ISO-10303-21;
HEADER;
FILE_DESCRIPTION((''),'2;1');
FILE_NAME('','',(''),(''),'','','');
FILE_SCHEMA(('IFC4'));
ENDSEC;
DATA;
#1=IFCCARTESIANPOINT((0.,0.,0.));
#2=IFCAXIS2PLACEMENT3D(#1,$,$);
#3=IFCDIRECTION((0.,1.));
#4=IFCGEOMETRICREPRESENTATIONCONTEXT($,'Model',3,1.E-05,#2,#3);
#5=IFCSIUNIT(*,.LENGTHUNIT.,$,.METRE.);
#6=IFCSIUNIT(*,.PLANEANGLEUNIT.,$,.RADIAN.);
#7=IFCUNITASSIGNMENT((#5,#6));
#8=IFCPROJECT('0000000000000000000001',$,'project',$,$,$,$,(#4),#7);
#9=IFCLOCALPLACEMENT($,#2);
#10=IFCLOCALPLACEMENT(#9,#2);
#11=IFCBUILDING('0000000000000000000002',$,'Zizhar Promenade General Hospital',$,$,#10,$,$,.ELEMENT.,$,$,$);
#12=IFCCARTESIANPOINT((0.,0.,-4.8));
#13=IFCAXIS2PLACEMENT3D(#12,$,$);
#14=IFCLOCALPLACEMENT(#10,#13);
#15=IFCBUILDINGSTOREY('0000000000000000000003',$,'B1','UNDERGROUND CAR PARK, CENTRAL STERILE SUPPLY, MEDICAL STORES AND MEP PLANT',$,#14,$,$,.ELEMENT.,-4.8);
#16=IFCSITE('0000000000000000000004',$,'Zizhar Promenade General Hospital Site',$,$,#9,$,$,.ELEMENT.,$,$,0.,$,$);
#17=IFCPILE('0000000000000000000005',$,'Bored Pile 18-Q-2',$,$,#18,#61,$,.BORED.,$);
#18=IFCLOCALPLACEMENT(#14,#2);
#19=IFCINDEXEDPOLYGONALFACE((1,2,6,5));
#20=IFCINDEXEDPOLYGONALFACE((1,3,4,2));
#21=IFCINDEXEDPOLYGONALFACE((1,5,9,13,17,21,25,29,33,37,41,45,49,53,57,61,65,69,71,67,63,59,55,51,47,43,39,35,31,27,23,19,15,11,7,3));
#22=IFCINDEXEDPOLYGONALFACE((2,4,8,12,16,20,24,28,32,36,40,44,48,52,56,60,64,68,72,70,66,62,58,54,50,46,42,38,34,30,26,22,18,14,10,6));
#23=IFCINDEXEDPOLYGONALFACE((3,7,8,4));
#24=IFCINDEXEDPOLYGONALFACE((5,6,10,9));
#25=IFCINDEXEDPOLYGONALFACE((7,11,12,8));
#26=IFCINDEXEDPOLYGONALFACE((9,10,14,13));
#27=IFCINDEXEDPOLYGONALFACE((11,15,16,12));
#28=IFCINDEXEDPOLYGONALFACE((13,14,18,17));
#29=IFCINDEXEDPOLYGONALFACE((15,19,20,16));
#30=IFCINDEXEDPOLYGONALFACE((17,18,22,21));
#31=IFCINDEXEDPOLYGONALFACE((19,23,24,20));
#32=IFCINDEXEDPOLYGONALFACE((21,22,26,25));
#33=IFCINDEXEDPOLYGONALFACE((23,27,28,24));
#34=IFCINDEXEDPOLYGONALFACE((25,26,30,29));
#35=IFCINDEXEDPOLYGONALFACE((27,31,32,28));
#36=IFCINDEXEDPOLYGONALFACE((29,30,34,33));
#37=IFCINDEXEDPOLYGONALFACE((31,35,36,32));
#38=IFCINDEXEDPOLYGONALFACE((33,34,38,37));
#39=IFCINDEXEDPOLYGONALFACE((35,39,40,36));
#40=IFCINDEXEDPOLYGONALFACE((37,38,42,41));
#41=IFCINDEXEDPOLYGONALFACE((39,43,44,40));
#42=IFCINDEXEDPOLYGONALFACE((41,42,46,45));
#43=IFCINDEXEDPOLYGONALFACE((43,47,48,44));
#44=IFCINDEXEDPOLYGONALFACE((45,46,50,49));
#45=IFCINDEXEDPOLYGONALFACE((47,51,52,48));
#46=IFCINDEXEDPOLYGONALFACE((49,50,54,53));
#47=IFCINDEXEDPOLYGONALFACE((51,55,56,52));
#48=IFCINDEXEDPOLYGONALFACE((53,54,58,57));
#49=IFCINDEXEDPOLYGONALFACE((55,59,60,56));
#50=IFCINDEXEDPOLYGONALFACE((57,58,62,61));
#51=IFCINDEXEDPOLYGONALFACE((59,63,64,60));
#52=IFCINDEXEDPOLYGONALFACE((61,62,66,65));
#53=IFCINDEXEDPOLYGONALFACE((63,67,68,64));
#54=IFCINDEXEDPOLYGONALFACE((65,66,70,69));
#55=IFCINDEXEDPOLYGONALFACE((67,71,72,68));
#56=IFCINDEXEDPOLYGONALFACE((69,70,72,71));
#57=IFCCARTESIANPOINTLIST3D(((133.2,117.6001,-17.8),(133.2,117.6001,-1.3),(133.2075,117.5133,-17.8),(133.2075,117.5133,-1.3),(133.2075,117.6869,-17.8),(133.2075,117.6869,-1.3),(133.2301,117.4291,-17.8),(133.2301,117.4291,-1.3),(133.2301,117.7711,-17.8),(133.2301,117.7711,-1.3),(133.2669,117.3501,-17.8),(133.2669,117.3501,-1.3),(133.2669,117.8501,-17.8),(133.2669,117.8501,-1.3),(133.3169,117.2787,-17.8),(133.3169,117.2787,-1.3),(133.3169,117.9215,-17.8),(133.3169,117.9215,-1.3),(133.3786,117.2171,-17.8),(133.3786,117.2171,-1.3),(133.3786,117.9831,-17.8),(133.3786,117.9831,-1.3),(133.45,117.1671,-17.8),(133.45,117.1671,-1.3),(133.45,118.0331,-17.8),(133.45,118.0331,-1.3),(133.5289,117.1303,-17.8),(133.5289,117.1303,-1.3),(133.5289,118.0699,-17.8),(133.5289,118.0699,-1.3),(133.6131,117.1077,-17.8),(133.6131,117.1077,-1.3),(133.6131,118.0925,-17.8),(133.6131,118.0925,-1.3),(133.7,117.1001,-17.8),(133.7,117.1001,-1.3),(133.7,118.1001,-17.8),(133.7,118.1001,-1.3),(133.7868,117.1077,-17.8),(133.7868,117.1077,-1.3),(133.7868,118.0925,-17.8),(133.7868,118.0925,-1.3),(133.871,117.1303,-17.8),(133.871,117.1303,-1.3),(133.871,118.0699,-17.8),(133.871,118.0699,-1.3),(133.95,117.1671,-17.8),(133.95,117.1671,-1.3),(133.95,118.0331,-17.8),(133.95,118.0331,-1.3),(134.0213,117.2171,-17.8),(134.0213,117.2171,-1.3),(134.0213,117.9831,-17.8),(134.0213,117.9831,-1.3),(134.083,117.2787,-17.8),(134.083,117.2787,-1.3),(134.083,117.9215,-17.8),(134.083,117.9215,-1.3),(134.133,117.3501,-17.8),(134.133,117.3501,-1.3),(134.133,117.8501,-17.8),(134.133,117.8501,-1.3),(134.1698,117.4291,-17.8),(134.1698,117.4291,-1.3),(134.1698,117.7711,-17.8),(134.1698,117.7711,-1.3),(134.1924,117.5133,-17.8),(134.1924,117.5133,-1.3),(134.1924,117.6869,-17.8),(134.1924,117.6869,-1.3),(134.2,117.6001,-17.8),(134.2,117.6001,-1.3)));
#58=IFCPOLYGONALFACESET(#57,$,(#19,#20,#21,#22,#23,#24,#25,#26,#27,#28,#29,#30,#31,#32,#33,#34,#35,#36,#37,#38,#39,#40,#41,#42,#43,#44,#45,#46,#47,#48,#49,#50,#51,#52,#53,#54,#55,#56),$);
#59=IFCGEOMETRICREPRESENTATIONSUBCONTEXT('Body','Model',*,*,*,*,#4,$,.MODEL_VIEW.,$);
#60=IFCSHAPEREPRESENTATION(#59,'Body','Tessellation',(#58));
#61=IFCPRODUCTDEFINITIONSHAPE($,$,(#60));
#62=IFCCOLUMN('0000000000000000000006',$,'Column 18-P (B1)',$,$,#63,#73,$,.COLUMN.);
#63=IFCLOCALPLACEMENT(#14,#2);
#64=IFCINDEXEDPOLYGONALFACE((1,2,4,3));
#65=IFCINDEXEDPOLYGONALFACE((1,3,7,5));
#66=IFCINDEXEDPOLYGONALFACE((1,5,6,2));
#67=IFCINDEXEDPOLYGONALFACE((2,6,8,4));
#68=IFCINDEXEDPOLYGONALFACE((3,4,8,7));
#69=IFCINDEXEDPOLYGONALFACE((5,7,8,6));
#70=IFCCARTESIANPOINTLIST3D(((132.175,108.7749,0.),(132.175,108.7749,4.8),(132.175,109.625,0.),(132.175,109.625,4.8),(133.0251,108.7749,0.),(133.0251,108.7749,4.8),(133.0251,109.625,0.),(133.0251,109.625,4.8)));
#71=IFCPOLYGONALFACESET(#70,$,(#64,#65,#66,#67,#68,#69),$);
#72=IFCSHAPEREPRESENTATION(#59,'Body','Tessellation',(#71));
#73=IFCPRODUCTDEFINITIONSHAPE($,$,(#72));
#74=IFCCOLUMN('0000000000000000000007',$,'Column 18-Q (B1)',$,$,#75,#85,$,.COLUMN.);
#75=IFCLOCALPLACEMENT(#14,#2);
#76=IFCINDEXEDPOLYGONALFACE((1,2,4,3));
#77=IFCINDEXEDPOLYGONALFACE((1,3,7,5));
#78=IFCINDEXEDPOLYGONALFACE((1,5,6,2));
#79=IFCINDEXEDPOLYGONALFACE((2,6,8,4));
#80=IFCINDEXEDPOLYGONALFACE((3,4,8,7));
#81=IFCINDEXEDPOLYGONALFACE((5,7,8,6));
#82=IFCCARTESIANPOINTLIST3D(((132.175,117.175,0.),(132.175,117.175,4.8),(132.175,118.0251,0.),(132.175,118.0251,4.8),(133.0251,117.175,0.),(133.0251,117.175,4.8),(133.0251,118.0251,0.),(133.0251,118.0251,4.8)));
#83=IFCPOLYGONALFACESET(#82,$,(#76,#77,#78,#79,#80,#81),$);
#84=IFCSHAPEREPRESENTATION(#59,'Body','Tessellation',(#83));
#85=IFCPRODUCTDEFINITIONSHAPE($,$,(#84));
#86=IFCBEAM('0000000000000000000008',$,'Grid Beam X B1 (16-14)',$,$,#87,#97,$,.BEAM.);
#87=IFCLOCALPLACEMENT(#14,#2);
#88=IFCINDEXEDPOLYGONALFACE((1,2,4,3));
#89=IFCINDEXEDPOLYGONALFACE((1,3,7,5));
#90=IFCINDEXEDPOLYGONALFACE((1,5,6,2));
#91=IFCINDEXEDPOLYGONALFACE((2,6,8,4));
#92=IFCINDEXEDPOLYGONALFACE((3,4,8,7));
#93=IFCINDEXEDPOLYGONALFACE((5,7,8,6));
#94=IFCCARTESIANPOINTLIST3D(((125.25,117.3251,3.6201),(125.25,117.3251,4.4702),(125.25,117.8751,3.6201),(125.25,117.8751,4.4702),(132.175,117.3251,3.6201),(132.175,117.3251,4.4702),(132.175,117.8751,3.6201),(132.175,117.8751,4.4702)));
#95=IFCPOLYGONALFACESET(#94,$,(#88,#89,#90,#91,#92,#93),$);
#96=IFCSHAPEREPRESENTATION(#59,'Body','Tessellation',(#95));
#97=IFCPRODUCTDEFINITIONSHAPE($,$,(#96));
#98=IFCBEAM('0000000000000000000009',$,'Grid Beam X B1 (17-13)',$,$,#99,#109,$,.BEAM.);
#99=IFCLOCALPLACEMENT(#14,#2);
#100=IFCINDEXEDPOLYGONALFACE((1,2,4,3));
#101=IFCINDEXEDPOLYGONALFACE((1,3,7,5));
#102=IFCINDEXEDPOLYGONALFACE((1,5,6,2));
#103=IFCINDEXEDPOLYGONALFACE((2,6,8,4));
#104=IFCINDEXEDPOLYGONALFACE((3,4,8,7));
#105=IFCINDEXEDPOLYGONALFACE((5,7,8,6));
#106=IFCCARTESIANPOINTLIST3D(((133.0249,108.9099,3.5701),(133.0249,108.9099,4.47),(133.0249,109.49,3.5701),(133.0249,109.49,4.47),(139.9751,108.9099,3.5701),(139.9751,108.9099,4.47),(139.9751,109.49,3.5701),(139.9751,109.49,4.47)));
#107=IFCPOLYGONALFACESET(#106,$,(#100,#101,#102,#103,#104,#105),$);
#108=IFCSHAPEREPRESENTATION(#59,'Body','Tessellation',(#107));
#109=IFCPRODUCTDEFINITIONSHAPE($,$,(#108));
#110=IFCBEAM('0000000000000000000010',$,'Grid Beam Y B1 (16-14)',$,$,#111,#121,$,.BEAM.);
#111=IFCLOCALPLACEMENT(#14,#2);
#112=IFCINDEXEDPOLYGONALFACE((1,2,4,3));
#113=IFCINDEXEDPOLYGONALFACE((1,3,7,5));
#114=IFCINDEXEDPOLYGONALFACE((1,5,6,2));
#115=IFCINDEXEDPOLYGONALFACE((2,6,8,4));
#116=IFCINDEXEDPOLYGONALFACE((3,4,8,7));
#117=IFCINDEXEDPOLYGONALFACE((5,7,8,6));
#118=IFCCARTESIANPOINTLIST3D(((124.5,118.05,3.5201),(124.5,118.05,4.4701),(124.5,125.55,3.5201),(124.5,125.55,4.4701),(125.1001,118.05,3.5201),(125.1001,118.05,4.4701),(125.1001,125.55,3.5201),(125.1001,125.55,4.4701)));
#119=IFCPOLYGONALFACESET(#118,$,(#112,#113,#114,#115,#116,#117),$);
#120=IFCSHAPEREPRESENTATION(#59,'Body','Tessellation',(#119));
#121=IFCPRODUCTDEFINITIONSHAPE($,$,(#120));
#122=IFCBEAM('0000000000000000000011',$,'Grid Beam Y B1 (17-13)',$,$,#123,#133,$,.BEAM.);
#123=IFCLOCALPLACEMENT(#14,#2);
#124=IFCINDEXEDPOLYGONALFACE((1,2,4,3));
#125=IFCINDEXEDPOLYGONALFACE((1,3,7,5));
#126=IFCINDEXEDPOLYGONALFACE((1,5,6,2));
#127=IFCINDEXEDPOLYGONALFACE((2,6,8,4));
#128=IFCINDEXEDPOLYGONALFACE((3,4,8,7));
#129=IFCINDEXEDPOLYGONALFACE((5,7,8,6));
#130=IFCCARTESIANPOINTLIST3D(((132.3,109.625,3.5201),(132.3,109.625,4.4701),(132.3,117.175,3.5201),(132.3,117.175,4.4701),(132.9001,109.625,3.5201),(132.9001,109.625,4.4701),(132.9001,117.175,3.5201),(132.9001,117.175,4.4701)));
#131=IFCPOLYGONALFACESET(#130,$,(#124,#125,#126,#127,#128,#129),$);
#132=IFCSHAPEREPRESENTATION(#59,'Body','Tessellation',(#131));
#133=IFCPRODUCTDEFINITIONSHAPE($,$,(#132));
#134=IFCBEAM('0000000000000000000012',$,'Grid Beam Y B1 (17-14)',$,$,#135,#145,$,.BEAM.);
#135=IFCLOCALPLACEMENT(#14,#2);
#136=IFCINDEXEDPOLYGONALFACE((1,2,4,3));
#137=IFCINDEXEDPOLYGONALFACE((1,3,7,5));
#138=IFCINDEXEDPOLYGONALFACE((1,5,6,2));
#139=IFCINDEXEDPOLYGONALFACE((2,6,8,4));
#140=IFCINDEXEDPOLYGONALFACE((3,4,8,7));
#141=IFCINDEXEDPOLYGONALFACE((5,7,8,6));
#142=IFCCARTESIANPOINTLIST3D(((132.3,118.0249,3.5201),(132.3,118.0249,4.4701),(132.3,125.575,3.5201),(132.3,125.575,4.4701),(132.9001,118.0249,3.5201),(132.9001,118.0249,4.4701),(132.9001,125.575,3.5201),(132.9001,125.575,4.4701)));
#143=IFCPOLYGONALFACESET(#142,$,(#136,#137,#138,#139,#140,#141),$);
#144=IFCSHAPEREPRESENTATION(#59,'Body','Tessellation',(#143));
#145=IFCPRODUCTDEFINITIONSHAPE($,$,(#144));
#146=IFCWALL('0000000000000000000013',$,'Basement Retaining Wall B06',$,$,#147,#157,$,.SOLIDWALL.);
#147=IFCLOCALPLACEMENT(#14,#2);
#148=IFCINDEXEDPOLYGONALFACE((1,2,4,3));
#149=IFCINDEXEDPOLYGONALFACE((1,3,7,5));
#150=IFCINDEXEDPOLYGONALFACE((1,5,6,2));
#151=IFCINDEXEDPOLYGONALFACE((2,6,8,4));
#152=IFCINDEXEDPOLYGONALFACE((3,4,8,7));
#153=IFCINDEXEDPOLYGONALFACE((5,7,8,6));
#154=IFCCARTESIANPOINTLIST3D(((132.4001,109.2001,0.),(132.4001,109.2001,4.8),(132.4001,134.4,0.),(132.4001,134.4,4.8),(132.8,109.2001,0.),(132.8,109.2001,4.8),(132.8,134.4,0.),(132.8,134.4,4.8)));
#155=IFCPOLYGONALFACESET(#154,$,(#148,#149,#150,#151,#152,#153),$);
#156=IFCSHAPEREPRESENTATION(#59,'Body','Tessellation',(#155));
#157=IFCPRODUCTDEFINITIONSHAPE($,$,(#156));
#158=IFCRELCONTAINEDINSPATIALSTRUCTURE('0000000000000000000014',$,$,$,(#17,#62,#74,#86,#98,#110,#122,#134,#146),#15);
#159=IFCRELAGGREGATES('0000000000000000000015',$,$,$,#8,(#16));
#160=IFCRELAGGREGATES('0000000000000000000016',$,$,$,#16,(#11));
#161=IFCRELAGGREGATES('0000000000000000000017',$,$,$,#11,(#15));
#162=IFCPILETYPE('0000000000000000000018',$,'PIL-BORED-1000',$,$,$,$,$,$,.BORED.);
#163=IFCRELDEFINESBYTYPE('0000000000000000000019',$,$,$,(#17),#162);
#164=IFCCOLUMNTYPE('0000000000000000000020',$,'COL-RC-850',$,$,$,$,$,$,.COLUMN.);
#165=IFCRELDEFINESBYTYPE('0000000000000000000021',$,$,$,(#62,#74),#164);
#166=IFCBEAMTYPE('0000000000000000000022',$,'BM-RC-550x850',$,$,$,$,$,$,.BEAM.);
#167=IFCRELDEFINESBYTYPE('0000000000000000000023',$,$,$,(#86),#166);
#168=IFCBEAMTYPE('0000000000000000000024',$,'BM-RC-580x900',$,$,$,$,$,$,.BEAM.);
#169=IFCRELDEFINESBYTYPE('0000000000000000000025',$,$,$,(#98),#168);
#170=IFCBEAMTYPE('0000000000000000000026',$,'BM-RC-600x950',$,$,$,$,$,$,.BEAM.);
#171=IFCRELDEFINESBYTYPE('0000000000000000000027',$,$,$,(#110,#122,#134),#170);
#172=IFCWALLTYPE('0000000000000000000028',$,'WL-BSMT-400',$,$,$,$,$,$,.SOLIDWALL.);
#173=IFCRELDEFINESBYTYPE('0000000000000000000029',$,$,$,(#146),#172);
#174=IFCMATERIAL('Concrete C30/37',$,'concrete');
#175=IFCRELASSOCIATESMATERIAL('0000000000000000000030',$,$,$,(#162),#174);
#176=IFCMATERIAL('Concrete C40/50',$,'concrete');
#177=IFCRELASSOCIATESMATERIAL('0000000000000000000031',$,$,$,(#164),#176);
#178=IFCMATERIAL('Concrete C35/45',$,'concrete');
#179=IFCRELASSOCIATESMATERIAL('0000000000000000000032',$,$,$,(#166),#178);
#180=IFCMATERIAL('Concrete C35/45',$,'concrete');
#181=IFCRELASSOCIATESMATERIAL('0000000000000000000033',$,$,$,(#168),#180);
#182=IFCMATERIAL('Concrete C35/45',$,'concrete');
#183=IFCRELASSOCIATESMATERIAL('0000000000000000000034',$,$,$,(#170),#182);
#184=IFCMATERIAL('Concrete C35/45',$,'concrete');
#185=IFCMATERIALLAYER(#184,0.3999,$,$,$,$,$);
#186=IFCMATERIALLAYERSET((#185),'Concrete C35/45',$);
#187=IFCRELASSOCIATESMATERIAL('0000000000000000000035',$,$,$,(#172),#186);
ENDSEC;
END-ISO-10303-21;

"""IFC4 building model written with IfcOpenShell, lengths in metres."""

from ifc_helpers import new_model, si_unit, direction, frame, frame_2d, origin, origin_2d, place, context, subcontext, project, spatial, rectangle, circle, extrude, material, layer, layer_set, material_profile, profile_set, type_object, element, save


model = new_model("IFC4")

# Units and contexts
model_context = context("Model", 3, precision=1e-05, world=origin(), true_north=direction((0.0, 1.0)))
body_context = subcontext(model_context, "Body", "Model", "MODEL_VIEW")
ifc_project = project(units=[si_unit("LENGTHUNIT", "METRE"), si_unit("PLANEANGLEUNIT", "RADIAN")], contexts=[model_context])

# Site, building, storey
site_placement = place(None, origin())
site = spatial("IfcSite", under=ifc_project, at=site_placement, Name="Zizhar Promenade General Hospital Site", CompositionType="ELEMENT", RefElevation=0.0)
building_placement = place(site_placement, origin())
building = spatial("IfcBuilding", under=site, at=building_placement, Name="Zizhar Promenade General Hospital", CompositionType="ELEMENT")
storey_placement = place(building_placement, frame((0.0, 0.0, -4.8)))
storey = spatial("IfcBuildingStorey", under=building, at=storey_placement, Name="B1", Description="UNDERGROUND CAR PARK, CENTRAL STERILE SUPPLY, MEDICAL STORES AND MEP PLANT", CompositionType="ELEMENT", Elevation=-4.8)

# Pile
ifc_material_1 = material(Name="Concrete C30/37", Category="concrete")
ifc_material_profile_1 = material_profile(ifc_material_1, circle(Radius=0.5, at=origin_2d()))
ifc_profile_set_1 = profile_set([ifc_material_profile_1], Name="Concrete C30/37")
pile_type = type_object("IfcPileType", Name="PIL-BORED-1000", PredefinedType="BORED", material=ifc_profile_set_1)
for number, where, z_axis, x_axis, name in (
    (1, (133.7, 117.6001, -1.3), (0.0, 0.0, -1.0), (1.0, 0.0, 0.0), "Bored Pile 18-Q-2"),
):
    element("IfcPile", number, at=place(storey_placement, frame(where, z_axis=z_axis, x_axis=x_axis)), inside=storey, type_object=pile_type, Name=name, PredefinedType="BORED", context=body_context, shape_type="SweptSolid", body=[
        extrude(circle(Radius=0.5, at=origin_2d()), origin(), (0.0, 0.0, 1.0), 16.5),
    ])

# Columns
ifc_material_2 = material(Name="Concrete C40/50", Category="concrete")
ifc_material_profile_2 = material_profile(ifc_material_2, rectangle(XDim=0.8501, YDim=0.8501, at=origin_2d()))
ifc_profile_set_2 = profile_set([ifc_material_profile_2], Name="Concrete C40/50")
column_type = type_object("IfcColumnType", Name="COL-RC-850", PredefinedType="COLUMN", material=ifc_profile_set_2)
for number, where, z_axis, x_axis, name in (
    (2, (132.6001, 109.2, 0.0), (0.0, 0.0, 1.0), (1.0, 0.0, 0.0), "Column 18-P (B1)"),
    (3, (132.6001, 117.6001, 0.0), (0.0, 0.0, 1.0), (1.0, 0.0, 0.0), "Column 18-Q (B1)"),
):
    element("IfcColumn", number, at=place(storey_placement, frame(where, z_axis=z_axis, x_axis=x_axis)), inside=storey, type_object=column_type, Name=name, PredefinedType="COLUMN", context=body_context, shape_type="SweptSolid", body=[
        extrude(rectangle(XDim=0.8501, YDim=0.8501, at=origin_2d()), origin(), (0.0, 0.0, 1.0), 4.8),
    ])

# Beams
ifc_material_3 = material(Name="Concrete C35/45", Category="concrete")
ifc_material_profile_3 = material_profile(ifc_material_3, rectangle(XDim=0.55, YDim=0.8501, at=origin_2d()))
ifc_profile_set_3 = profile_set([ifc_material_profile_3], Name="Concrete C35/45")
beam_type_1 = type_object("IfcBeamType", Name="BM-RC-550x850", PredefinedType="BEAM", material=ifc_profile_set_3)
beam_1_placement = place(storey_placement, frame((125.25, 117.6001, 4.0452), z_axis=(1.0, 0.0, 0.0), x_axis=(0.0, 1.0, 0.0)))
element("IfcBeam", 4, at=beam_1_placement, inside=storey, type_object=beam_type_1, Name="Grid Beam X B1 (16-14)", PredefinedType="BEAM", context=body_context, shape_type="SweptSolid", body=[
    extrude(rectangle(XDim=0.55, YDim=0.8501, at=origin_2d()), origin(), (0.0, 0.0, 1.0), 6.925),
])
ifc_material_4 = material(Name="Concrete C35/45", Category="concrete")
ifc_material_profile_4 = material_profile(ifc_material_4, rectangle(XDim=0.5801, YDim=0.8999, at=origin_2d()))
ifc_profile_set_4 = profile_set([ifc_material_profile_4], Name="Concrete C35/45")
beam_type_2 = type_object("IfcBeamType", Name="BM-RC-580x900", PredefinedType="BEAM", material=ifc_profile_set_4)
beam_2_placement = place(storey_placement, frame((133.0249, 109.2, 4.02), z_axis=(1.0, 0.0, 0.0), x_axis=(0.0, 1.0, 0.0)))
element("IfcBeam", 5, at=beam_2_placement, inside=storey, type_object=beam_type_2, Name="Grid Beam X B1 (17-13)", PredefinedType="BEAM", context=body_context, shape_type="SweptSolid", body=[
    extrude(rectangle(XDim=0.5801, YDim=0.8999, at=origin_2d()), origin(), (0.0, 0.0, 1.0), 6.9502),
])
ifc_material_5 = material(Name="Concrete C35/45", Category="concrete")
ifc_material_profile_5 = material_profile(ifc_material_5, rectangle(XDim=0.6001, YDim=0.95, at=origin_2d()))
ifc_profile_set_5 = profile_set([ifc_material_profile_5], Name="Concrete C35/45")
beam_type_3 = type_object("IfcBeamType", Name="BM-RC-600x950", PredefinedType="BEAM", material=ifc_profile_set_5)
beam_3_placement = place(storey_placement, frame((124.8, 118.05, 3.9951), z_axis=(0.0, 1.0, 0.0), x_axis=(-1.0, 0.0, 0.0)))
element("IfcBeam", 6, at=beam_3_placement, inside=storey, type_object=beam_type_3, Name="Grid Beam Y B1 (16-14)", PredefinedType="BEAM", context=body_context, shape_type="SweptSolid", body=[
    extrude(rectangle(XDim=0.6001, YDim=0.95, at=origin_2d()), origin(), (0.0, 0.0, 1.0), 7.5),
])
for number, where, z_axis, x_axis, name in (
    (7, (132.6001, 109.625, 3.9951), (0.0, 1.0, 0.0), (-1.0, 0.0, 0.0), "Grid Beam Y B1 (17-13)"),
    (8, (132.6001, 118.0249, 3.9951), (0.0, 1.0, 0.0), (-1.0, 0.0, 0.0), "Grid Beam Y B1 (17-14)"),
):
    element("IfcBeam", number, at=place(storey_placement, frame(where, z_axis=z_axis, x_axis=x_axis)), inside=storey, type_object=beam_type_3, Name=name, PredefinedType="BEAM", context=body_context, shape_type="SweptSolid", body=[
        extrude(rectangle(XDim=0.6001, YDim=0.95, at=origin_2d()), origin(), (0.0, 0.0, 1.0), 7.55),
    ])

# Wall
ifc_material_6 = material(Name="Concrete C35/45", Category="concrete")
ifc_layer = layer(ifc_material_6, 0.3999)
ifc_layer_set = layer_set([ifc_layer], Name="Concrete C35/45")
wall_type = type_object("IfcWallType", Name="WL-BSMT-400", PredefinedType="SOLIDWALL", material=ifc_layer_set)
wall_placement = place(storey_placement, frame((132.6001, 109.2, 0.0), z_axis=(0.0, 0.0, 1.0), x_axis=(0.0, 1.0, 0.0)))
element("IfcWall", 9, at=wall_placement, inside=storey, type_object=wall_type, Name="Basement Retaining Wall B06", PredefinedType="SOLIDWALL", context=body_context, shape_type="SweptSolid", body=[
    extrude(rectangle(XDim=25.2, YDim=0.3999, at=frame_2d((12.6001, 0.0))), origin(), (0.0, 0.0, 1.0), 4.8),
])

save(model, "model.ifc")
